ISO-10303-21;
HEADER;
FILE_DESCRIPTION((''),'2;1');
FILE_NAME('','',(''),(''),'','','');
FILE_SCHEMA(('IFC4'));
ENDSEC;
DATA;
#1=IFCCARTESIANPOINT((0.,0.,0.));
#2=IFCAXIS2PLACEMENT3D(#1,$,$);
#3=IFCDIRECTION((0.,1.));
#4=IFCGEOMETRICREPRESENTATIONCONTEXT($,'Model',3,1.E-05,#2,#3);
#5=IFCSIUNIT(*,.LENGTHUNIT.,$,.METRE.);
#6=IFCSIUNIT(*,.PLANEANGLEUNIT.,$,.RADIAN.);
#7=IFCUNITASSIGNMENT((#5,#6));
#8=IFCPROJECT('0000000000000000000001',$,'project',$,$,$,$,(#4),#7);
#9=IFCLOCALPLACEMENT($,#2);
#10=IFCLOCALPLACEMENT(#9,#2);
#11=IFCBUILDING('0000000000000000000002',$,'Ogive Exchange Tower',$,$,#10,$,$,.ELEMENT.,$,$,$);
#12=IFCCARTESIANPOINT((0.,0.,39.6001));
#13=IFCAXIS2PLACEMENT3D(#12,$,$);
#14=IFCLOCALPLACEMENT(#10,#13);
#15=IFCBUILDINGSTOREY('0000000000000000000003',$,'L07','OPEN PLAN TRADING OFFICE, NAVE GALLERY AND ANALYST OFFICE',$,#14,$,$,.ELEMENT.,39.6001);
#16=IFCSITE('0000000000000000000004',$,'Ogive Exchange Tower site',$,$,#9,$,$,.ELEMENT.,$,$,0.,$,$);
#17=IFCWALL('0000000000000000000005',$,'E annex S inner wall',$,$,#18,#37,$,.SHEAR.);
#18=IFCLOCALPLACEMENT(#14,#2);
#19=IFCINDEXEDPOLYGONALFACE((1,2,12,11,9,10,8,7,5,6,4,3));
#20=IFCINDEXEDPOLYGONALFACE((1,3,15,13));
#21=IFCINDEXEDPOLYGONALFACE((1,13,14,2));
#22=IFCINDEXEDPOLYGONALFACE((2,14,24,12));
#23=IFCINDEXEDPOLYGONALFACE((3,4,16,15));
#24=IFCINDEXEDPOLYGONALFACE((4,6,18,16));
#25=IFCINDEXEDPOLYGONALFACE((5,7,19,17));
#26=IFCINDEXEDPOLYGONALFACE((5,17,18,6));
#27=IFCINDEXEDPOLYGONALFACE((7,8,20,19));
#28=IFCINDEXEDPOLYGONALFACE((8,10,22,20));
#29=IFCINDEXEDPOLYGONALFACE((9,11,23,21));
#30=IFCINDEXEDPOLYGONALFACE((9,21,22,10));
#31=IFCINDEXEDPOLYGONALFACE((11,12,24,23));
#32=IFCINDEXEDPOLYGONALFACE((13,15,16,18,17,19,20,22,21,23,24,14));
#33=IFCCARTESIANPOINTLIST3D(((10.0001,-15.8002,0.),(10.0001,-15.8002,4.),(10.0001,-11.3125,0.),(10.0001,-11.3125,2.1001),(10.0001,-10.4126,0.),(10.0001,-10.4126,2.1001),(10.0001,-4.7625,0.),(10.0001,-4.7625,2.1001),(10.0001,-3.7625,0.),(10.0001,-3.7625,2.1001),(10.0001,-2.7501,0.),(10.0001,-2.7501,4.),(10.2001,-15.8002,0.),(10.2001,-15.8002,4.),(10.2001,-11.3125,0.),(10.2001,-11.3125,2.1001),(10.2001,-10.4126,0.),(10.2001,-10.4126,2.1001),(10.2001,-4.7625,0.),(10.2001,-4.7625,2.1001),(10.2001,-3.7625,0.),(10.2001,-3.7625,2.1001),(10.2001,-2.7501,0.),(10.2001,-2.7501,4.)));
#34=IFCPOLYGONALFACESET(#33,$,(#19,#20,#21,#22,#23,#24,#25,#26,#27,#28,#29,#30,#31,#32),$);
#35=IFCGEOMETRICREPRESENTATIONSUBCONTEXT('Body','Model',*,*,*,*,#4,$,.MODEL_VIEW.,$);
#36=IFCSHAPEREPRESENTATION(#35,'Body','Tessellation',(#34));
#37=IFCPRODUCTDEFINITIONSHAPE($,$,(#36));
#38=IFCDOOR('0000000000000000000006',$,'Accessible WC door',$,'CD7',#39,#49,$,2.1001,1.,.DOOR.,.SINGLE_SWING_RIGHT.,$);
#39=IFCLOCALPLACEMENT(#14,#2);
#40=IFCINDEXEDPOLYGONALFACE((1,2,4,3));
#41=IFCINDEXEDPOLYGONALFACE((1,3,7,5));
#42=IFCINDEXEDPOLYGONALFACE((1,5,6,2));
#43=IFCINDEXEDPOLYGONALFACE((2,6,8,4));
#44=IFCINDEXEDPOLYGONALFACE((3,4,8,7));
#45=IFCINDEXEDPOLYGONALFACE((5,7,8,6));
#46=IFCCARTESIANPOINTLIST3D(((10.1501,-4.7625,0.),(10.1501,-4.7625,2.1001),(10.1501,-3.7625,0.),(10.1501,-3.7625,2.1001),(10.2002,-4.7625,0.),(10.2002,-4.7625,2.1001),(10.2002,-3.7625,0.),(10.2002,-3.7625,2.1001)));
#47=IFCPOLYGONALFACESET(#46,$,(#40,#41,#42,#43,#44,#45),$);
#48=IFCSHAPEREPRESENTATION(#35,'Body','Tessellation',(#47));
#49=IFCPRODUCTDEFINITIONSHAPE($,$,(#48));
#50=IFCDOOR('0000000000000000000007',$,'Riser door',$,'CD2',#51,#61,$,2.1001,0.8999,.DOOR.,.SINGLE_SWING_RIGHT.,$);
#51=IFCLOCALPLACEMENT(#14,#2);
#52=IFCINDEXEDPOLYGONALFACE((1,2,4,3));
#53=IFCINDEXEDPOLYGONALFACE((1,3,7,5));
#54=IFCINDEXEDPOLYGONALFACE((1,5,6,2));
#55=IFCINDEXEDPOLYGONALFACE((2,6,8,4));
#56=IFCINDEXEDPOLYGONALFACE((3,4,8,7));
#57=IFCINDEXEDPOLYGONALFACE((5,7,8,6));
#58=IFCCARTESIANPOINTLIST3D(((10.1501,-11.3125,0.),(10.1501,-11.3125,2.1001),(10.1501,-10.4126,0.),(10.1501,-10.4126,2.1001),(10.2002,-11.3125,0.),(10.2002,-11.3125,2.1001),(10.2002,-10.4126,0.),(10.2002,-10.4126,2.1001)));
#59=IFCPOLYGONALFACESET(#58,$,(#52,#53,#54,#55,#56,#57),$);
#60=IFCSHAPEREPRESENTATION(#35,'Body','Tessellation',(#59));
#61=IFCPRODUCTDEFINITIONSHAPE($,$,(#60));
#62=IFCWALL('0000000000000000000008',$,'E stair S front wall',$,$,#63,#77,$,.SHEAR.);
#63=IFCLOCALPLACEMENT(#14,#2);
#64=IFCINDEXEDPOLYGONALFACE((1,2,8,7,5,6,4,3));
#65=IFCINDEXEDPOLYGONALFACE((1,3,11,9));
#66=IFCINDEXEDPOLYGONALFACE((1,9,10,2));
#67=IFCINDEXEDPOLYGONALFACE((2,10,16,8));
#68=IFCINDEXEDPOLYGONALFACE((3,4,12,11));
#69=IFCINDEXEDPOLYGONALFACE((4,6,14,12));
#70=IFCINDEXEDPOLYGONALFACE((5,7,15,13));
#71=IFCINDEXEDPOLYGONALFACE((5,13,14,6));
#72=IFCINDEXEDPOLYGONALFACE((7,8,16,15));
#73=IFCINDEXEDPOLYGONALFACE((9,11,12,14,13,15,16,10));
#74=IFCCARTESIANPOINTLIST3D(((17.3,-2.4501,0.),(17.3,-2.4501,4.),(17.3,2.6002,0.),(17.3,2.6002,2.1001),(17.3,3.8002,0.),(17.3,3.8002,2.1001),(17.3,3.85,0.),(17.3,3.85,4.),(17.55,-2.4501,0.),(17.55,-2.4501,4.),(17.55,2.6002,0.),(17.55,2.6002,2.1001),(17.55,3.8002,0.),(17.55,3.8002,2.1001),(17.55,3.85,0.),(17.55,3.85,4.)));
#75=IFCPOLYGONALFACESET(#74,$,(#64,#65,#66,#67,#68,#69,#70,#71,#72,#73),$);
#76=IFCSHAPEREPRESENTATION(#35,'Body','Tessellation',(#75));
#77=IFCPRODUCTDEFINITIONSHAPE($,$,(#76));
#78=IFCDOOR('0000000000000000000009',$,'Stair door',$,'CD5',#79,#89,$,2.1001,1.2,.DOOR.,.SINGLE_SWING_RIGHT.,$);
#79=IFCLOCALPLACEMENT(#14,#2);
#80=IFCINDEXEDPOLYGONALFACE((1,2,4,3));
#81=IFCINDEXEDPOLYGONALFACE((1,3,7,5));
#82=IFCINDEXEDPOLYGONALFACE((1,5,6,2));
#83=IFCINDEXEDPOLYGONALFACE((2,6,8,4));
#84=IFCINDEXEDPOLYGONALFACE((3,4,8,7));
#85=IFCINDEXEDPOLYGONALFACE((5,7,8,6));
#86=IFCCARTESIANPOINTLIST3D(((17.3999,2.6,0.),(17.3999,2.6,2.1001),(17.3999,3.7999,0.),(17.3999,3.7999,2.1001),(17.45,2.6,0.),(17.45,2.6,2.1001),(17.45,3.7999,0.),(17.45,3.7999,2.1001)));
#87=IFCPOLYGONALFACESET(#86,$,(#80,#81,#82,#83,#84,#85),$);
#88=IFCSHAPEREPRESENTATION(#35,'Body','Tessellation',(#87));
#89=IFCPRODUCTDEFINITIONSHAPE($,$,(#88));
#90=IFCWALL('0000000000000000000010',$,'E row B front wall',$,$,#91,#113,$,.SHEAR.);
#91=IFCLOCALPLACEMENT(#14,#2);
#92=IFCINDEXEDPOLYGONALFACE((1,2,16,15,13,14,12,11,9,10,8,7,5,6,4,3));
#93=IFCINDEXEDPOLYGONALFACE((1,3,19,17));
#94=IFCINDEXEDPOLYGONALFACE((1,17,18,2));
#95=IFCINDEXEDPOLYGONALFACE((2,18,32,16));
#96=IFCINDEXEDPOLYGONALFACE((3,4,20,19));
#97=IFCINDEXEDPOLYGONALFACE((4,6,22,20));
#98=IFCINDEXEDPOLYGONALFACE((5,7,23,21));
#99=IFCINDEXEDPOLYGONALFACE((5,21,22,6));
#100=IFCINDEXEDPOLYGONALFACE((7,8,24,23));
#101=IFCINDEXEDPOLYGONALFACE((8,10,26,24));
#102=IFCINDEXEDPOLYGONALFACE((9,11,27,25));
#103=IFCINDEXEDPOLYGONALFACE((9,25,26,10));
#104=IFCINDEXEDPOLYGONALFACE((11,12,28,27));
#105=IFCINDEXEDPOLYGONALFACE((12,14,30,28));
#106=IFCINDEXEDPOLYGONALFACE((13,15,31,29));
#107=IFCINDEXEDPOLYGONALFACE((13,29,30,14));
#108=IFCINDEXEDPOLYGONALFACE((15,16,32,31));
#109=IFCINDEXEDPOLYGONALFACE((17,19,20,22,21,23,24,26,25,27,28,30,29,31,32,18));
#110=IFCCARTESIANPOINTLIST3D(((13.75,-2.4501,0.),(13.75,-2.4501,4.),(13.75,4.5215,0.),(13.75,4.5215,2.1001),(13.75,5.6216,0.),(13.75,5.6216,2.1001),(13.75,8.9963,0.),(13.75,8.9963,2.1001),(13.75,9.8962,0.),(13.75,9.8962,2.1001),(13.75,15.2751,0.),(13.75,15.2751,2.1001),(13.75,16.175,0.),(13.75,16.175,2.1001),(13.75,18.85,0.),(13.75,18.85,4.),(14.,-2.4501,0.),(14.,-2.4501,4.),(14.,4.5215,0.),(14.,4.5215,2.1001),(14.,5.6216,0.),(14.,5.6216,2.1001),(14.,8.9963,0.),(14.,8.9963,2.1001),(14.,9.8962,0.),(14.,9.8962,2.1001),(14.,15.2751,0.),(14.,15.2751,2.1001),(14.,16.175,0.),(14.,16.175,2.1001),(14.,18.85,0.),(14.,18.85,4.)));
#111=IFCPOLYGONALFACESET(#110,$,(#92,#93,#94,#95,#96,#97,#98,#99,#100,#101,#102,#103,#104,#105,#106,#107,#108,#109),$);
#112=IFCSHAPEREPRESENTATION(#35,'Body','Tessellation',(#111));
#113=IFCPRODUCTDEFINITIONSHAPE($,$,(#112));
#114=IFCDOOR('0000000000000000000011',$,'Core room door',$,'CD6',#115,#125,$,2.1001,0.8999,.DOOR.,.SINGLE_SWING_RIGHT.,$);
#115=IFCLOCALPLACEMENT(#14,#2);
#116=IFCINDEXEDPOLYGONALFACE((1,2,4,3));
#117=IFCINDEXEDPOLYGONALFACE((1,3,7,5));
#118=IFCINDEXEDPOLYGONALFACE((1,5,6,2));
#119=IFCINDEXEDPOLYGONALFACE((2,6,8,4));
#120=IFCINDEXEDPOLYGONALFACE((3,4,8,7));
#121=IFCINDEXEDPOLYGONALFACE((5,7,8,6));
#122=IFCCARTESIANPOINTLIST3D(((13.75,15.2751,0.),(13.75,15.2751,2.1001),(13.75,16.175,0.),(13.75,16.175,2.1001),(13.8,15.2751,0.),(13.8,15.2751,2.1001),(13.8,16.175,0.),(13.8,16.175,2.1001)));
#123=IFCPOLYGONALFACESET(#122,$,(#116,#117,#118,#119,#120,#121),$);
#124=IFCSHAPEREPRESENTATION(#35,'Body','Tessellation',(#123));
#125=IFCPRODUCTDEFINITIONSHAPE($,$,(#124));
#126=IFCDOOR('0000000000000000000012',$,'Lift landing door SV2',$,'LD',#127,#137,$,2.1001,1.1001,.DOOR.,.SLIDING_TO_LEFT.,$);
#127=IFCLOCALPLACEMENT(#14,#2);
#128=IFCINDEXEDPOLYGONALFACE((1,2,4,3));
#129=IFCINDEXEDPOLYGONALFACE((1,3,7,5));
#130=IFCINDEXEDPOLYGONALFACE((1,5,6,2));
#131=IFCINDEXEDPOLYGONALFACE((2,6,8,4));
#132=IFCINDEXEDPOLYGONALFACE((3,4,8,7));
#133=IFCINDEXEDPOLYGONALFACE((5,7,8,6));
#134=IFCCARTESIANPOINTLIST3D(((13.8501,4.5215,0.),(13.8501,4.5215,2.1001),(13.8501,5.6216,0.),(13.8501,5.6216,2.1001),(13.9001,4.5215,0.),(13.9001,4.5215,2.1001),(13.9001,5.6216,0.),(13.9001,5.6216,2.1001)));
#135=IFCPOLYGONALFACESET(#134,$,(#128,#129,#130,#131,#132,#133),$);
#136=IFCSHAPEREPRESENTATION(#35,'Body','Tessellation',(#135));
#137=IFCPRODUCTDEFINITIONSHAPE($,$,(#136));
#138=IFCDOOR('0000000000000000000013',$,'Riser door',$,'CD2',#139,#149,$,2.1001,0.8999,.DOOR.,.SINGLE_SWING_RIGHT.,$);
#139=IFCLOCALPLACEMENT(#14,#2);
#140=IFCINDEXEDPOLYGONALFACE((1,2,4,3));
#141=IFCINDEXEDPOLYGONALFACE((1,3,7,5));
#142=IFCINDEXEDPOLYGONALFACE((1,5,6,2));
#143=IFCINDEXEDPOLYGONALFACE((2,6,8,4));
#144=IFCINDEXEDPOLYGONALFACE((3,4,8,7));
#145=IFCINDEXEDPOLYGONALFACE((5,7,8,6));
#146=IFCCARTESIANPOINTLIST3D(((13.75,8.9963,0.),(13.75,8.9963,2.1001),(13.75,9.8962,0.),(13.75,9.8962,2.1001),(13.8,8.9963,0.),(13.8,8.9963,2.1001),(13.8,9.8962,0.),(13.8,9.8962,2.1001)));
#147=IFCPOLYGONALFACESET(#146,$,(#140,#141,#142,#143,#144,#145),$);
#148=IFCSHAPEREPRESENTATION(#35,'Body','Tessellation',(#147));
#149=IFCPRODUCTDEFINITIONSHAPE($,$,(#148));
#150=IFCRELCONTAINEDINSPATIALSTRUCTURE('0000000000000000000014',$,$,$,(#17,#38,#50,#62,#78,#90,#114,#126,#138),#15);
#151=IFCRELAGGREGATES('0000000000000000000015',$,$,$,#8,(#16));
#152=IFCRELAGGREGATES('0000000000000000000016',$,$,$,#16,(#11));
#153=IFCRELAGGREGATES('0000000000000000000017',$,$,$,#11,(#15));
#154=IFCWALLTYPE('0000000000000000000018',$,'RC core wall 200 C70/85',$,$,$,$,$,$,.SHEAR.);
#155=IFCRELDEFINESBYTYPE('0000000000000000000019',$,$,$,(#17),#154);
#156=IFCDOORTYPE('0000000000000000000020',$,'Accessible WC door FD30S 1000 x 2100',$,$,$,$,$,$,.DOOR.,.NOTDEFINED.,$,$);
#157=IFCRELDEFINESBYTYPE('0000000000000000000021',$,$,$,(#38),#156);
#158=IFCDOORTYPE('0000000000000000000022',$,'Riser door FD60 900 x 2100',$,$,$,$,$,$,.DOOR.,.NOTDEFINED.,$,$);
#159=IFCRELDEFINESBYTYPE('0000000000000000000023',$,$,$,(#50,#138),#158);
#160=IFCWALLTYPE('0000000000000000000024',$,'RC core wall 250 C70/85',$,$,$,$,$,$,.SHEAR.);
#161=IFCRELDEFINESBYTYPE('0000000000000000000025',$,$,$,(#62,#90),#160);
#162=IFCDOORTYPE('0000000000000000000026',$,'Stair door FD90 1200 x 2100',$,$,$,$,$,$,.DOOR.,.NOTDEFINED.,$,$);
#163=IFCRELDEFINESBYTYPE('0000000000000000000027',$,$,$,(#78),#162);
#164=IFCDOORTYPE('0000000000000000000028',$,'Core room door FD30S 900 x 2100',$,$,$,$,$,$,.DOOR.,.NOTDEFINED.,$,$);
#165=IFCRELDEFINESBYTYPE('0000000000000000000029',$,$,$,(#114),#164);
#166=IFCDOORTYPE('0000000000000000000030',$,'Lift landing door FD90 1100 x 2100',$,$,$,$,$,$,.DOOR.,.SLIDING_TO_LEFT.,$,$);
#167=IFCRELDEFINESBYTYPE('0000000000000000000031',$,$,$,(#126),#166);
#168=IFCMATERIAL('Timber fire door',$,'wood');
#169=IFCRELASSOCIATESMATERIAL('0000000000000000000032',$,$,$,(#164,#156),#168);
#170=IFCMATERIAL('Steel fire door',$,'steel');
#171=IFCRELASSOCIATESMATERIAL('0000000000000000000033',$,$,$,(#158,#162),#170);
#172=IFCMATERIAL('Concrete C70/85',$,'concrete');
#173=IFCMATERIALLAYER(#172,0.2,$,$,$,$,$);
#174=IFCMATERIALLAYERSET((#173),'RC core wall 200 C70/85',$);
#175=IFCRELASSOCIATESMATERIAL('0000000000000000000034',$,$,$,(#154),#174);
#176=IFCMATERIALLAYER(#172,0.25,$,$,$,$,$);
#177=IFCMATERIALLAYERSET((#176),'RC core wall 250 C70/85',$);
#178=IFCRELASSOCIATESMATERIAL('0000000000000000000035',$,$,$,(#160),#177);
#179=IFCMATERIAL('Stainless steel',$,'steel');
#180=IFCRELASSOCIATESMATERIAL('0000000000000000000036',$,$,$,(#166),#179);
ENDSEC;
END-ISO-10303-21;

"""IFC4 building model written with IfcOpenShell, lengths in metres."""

from ifc_helpers import new_model, si_unit, direction, frame, frame_2d, origin, place, context, subcontext, project, spatial, rectangle, extrude, material, layer, layer_set, type_object, element, fill, save


model = new_model("IFC4")

# Units and contexts
model_context = context("Model", 3, precision=1e-05, world=origin(), true_north=direction((0.0, 1.0)))
body_context = subcontext(model_context, "Body", "Model", "MODEL_VIEW")
ifc_project = project(units=[si_unit("LENGTHUNIT", "METRE"), si_unit("PLANEANGLEUNIT", "RADIAN")], contexts=[model_context])

# Site, building, storey
site_placement = place(None, origin())
site = spatial("IfcSite", under=ifc_project, at=site_placement, Name="Ogive Exchange Tower site", CompositionType="ELEMENT", RefElevation=0.0)
building_placement = place(site_placement, origin())
building = spatial("IfcBuilding", under=site, at=building_placement, Name="Ogive Exchange Tower", CompositionType="ELEMENT")
storey_placement = place(building_placement, frame((0.0, 0.0, 39.6001)))
storey = spatial("IfcBuildingStorey", under=building, at=storey_placement, Name="L07", Description="OPEN PLAN TRADING OFFICE, NAVE GALLERY AND ANALYST OFFICE", CompositionType="ELEMENT", Elevation=39.6001)

# Wall, openings, doors
ifc_material_1 = material(Name="Concrete C70/85", Category="concrete")
ifc_material_2 = material(Name="Timber fire door", Category="wood")
door_type_1 = type_object("IfcDoorType", Name="Core room door FD30S 900 x 2100", OperationType="NOTDEFINED", PredefinedType="DOOR", material=ifc_material_2)
ifc_material_3 = material(Name="Steel fire door", Category="steel")
door_type_2 = type_object("IfcDoorType", Name="Riser door FD60 900 x 2100", OperationType="NOTDEFINED", PredefinedType="DOOR", material=ifc_material_3)
ifc_layer_1 = layer(ifc_material_1, 0.2)
ifc_layer_set_1 = layer_set([ifc_layer_1], Name="RC core wall 200 C70/85")
wall_type_1 = type_object("IfcWallType", Name="RC core wall 200 C70/85", PredefinedType="SHEAR", material=ifc_layer_set_1)
wall_1_placement = place(storey_placement, frame((10.1001, -15.8, 0.0), z_axis=(0.0, 0.0, 1.0), x_axis=(0.0, 1.0, 0.0)))
wall_1 = element("IfcWall", 1, at=wall_1_placement, inside=storey, type_object=wall_type_1, Name="E annex S inner wall", PredefinedType="SHEAR", context=body_context, shape_type="SweptSolid", body=[
    extrude(rectangle(XDim=13.05, YDim=0.2, at=frame_2d((6.5249, 0.0))), origin(), (0.0, 0.0, 1.0), 4.0),
])
opening_1_placement = place(wall_1_placement, frame((4.4875, 0.0, 0.0)))
opening_1 = element("IfcOpeningElement", 2, at=opening_1_placement, cuts=wall_1, PredefinedType="OPENING", context=body_context, shape_type="SweptSolid", body=[
    extrude(rectangle(XDim=0.8999, YDim=2.1001, at=frame_2d((0.45, 1.05))), frame((0.0, 0.1099, 0.0), z_axis=(0.0, -1.0, 0.0), x_axis=(1.0, 0.0, 0.0)), (0.0, 0.0, 1.0), 0.22),
])
opening_2_placement = place(wall_1_placement, frame((11.0376, 0.0, 0.0)))
opening_2 = element("IfcOpeningElement", 3, at=opening_2_placement, cuts=wall_1, PredefinedType="OPENING", context=body_context, shape_type="SweptSolid", body=[
    extrude(rectangle(XDim=1.0, YDim=2.1001, at=frame_2d((0.5, 1.05))), frame((0.0, 0.1099, 0.0), z_axis=(0.0, -1.0, 0.0), x_axis=(1.0, 0.0, 0.0)), (0.0, 0.0, 1.0), 0.22),
])
door_type_3 = type_object("IfcDoorType", Name="Accessible WC door FD30S 1000 x 2100", OperationType="NOTDEFINED", PredefinedType="DOOR", material=ifc_material_2)
door_1_placement = place(opening_2_placement, frame((1.0, -0.1499, 0.0), z_axis=(0.0, 0.0, 1.0), x_axis=(-1.0, 0.0, 0.0)))
door_1 = element("IfcDoor", 4, at=door_1_placement, inside=storey, type_object=door_type_3, Name="Accessible WC door", ObjectType="CD7", OperationType="SINGLE_SWING_RIGHT", OverallHeight=2.1001, OverallWidth=1.0, PredefinedType="DOOR", context=body_context, shape_type="SweptSolid", body=[
    extrude(rectangle(XDim=1.0, YDim=2.1001, at=frame_2d((0.5, 1.05))), frame((0.0, -0.0498, 0.0), z_axis=(0.0, -1.0, 0.0), x_axis=(1.0, 0.0, 0.0)), (0.0, 0.0, 1.0), 0.05),
])
fill(opening_2, door_1)
door_2_placement = place(opening_1_placement, frame((0.8999, -0.1499, 0.0), z_axis=(0.0, 0.0, 1.0), x_axis=(-1.0, 0.0, 0.0)))
door_2 = element("IfcDoor", 5, at=door_2_placement, inside=storey, type_object=door_type_2, Name="Riser door", ObjectType="CD2", OperationType="SINGLE_SWING_RIGHT", OverallHeight=2.1001, OverallWidth=0.8999, PredefinedType="DOOR", context=body_context, shape_type="SweptSolid", body=[
    extrude(rectangle(XDim=0.8999, YDim=2.1001, at=frame_2d((0.45, 1.05))), frame((0.0, -0.0498, 0.0), z_axis=(0.0, -1.0, 0.0), x_axis=(1.0, 0.0, 0.0)), (0.0, 0.0, 1.0), 0.05),
])
fill(opening_1, door_2)

# Wall, opening, door
ifc_layer_2 = layer(ifc_material_1, 0.25)
ifc_layer_set_2 = layer_set([ifc_layer_2], Name="RC core wall 250 C70/85")
wall_type_2 = type_object("IfcWallType", Name="RC core wall 250 C70/85", PredefinedType="SHEAR", material=ifc_layer_set_2)
wall_2_placement = place(storey_placement, frame((17.425, -2.45, 0.0), z_axis=(0.0, 0.0, 1.0), x_axis=(0.0, 1.0, 0.0)))
wall_2 = element("IfcWall", 6, at=wall_2_placement, inside=storey, type_object=wall_type_2, Name="E stair S front wall", PredefinedType="SHEAR", context=body_context, shape_type="SweptSolid", body=[
    extrude(rectangle(XDim=6.3, YDim=0.25, at=frame_2d((3.1499, 0.0))), origin(), (0.0, 0.0, 1.0), 4.0),
])
opening_3_placement = place(wall_2_placement, frame((5.05, 0.0, 0.0)))
opening_3 = element("IfcOpeningElement", 7, at=opening_3_placement, cuts=wall_2, PredefinedType="OPENING", context=body_context, shape_type="SweptSolid", body=[
    extrude(rectangle(XDim=1.2, YDim=2.1001, at=frame_2d((0.6001, 1.05))), frame((0.0, 0.135, 0.0), z_axis=(0.0, -1.0, 0.0), x_axis=(1.0, 0.0, 0.0)), (0.0, 0.0, 1.0), 0.27),
])
door_type_4 = type_object("IfcDoorType", Name="Stair door FD90 1200 x 2100", OperationType="NOTDEFINED", PredefinedType="DOOR", material=ifc_material_3)
door_3_placement = place(opening_3_placement, frame((1.2, 0.0, 0.0), z_axis=(0.0, 0.0, 1.0), x_axis=(-1.0, 0.0, 0.0)))
door_3 = element("IfcDoor", 8, at=door_3_placement, inside=storey, type_object=door_type_4, Name="Stair door", ObjectType="CD5", OperationType="SINGLE_SWING_RIGHT", OverallHeight=2.1001, OverallWidth=1.2, PredefinedType="DOOR", context=body_context, shape_type="SweptSolid", body=[
    extrude(rectangle(XDim=1.2, YDim=2.1001, at=frame_2d((0.6001, 1.05))), frame((0.0, 0.0249, 0.0), z_axis=(0.0, -1.0, 0.0), x_axis=(1.0, 0.0, 0.0)), (0.0, 0.0, 1.0), 0.05),
])
fill(opening_3, door_3)

# Wall, openings, doors
wall_3_placement = place(storey_placement, frame((13.875, -2.45, 0.0), z_axis=(0.0, 0.0, 1.0), x_axis=(0.0, 1.0, 0.0)))
wall_3 = element("IfcWall", 9, at=wall_3_placement, inside=storey, type_object=wall_type_2, Name="E row B front wall", PredefinedType="SHEAR", context=body_context, shape_type="SweptSolid", body=[
    extrude(rectangle(XDim=21.3, YDim=0.25, at=frame_2d((10.6499, 0.0))), origin(), (0.0, 0.0, 1.0), 4.0),
])
opening_4_placement = place(wall_3_placement, frame((11.4463, 0.0, 0.0)))
opening_4 = element("IfcOpeningElement", 10, at=opening_4_placement, cuts=wall_3, PredefinedType="OPENING", context=body_context, shape_type="SweptSolid", body=[
    extrude(rectangle(XDim=0.8999, YDim=2.1001, at=frame_2d((0.45, 1.05))), frame((0.0, 0.135, 0.0), z_axis=(0.0, -1.0, 0.0), x_axis=(1.0, 0.0, 0.0)), (0.0, 0.0, 1.0), 0.27),
])
opening_5_placement = place(wall_3_placement, frame((17.7251, 0.0, 0.0)))
opening_5 = element("IfcOpeningElement", 11, at=opening_5_placement, cuts=wall_3, PredefinedType="OPENING", context=body_context, shape_type="SweptSolid", body=[
    extrude(rectangle(XDim=0.8999, YDim=2.1001, at=frame_2d((0.45, 1.05))), frame((0.0, 0.135, 0.0), z_axis=(0.0, -1.0, 0.0), x_axis=(1.0, 0.0, 0.0)), (0.0, 0.0, 1.0), 0.27),
])
opening_6_placement = place(wall_3_placement, frame((6.9714, 0.0, 0.0)))
opening_6 = element("IfcOpeningElement", 12, at=opening_6_placement, cuts=wall_3, PredefinedType="OPENING", context=body_context, shape_type="SweptSolid", body=[
    extrude(rectangle(XDim=1.1001, YDim=2.1001, at=frame_2d((0.55, 1.05))), frame((0.0, 0.135, 0.0), z_axis=(0.0, -1.0, 0.0), x_axis=(1.0, 0.0, 0.0)), (0.0, 0.0, 1.0), 0.27),
])
door_4_placement = place(opening_5_placement, origin())
door_4 = element("IfcDoor", 13, at=door_4_placement, inside=storey, type_object=door_type_1, Name="Core room door", ObjectType="CD6", OperationType="SINGLE_SWING_RIGHT", OverallHeight=2.1001, OverallWidth=0.8999, PredefinedType="DOOR", context=body_context, shape_type="SweptSolid", body=[
    extrude(rectangle(XDim=0.8999, YDim=2.1001, at=frame_2d((0.45, 1.05))), frame((0.0, 0.125, 0.0), z_axis=(0.0, -1.0, 0.0), x_axis=(1.0, 0.0, 0.0)), (0.0, 0.0, 1.0), 0.05),
])
fill(opening_5, door_4)
ifc_material_4 = material(Name="Stainless steel", Category="steel")
door_type_5 = type_object("IfcDoorType", Name="Lift landing door FD90 1100 x 2100", OperationType="SLIDING_TO_LEFT", PredefinedType="DOOR", material=ifc_material_4)
door_5_placement = place(opening_6_placement, origin())
door_5 = element("IfcDoor", 14, at=door_5_placement, inside=storey, type_object=door_type_5, Name="Lift landing door SV2", ObjectType="LD", OperationType="SLIDING_TO_LEFT", OverallHeight=2.1001, OverallWidth=1.1001, PredefinedType="DOOR", context=body_context, shape_type="SweptSolid", body=[
    extrude(rectangle(XDim=1.1001, YDim=2.1001, at=frame_2d((0.55, 1.05))), frame((0.0, 0.0249, 0.0), z_axis=(0.0, -1.0, 0.0), x_axis=(1.0, 0.0, 0.0)), (0.0, 0.0, 1.0), 0.05),
])
fill(opening_6, door_5)
door_6_placement = place(opening_4_placement, origin())
door_6 = element("IfcDoor", 15, at=door_6_placement, inside=storey, type_object=door_type_2, Name="Riser door", ObjectType="CD2", OperationType="SINGLE_SWING_RIGHT", OverallHeight=2.1001, OverallWidth=0.8999, PredefinedType="DOOR", context=body_context, shape_type="SweptSolid", body=[
    extrude(rectangle(XDim=0.8999, YDim=2.1001, at=frame_2d((0.45, 1.05))), frame((0.0, 0.125, 0.0), z_axis=(0.0, -1.0, 0.0), x_axis=(1.0, 0.0, 0.0)), (0.0, 0.0, 1.0), 0.05),
])
fill(opening_4, door_6)

save(model, "model.ifc")
